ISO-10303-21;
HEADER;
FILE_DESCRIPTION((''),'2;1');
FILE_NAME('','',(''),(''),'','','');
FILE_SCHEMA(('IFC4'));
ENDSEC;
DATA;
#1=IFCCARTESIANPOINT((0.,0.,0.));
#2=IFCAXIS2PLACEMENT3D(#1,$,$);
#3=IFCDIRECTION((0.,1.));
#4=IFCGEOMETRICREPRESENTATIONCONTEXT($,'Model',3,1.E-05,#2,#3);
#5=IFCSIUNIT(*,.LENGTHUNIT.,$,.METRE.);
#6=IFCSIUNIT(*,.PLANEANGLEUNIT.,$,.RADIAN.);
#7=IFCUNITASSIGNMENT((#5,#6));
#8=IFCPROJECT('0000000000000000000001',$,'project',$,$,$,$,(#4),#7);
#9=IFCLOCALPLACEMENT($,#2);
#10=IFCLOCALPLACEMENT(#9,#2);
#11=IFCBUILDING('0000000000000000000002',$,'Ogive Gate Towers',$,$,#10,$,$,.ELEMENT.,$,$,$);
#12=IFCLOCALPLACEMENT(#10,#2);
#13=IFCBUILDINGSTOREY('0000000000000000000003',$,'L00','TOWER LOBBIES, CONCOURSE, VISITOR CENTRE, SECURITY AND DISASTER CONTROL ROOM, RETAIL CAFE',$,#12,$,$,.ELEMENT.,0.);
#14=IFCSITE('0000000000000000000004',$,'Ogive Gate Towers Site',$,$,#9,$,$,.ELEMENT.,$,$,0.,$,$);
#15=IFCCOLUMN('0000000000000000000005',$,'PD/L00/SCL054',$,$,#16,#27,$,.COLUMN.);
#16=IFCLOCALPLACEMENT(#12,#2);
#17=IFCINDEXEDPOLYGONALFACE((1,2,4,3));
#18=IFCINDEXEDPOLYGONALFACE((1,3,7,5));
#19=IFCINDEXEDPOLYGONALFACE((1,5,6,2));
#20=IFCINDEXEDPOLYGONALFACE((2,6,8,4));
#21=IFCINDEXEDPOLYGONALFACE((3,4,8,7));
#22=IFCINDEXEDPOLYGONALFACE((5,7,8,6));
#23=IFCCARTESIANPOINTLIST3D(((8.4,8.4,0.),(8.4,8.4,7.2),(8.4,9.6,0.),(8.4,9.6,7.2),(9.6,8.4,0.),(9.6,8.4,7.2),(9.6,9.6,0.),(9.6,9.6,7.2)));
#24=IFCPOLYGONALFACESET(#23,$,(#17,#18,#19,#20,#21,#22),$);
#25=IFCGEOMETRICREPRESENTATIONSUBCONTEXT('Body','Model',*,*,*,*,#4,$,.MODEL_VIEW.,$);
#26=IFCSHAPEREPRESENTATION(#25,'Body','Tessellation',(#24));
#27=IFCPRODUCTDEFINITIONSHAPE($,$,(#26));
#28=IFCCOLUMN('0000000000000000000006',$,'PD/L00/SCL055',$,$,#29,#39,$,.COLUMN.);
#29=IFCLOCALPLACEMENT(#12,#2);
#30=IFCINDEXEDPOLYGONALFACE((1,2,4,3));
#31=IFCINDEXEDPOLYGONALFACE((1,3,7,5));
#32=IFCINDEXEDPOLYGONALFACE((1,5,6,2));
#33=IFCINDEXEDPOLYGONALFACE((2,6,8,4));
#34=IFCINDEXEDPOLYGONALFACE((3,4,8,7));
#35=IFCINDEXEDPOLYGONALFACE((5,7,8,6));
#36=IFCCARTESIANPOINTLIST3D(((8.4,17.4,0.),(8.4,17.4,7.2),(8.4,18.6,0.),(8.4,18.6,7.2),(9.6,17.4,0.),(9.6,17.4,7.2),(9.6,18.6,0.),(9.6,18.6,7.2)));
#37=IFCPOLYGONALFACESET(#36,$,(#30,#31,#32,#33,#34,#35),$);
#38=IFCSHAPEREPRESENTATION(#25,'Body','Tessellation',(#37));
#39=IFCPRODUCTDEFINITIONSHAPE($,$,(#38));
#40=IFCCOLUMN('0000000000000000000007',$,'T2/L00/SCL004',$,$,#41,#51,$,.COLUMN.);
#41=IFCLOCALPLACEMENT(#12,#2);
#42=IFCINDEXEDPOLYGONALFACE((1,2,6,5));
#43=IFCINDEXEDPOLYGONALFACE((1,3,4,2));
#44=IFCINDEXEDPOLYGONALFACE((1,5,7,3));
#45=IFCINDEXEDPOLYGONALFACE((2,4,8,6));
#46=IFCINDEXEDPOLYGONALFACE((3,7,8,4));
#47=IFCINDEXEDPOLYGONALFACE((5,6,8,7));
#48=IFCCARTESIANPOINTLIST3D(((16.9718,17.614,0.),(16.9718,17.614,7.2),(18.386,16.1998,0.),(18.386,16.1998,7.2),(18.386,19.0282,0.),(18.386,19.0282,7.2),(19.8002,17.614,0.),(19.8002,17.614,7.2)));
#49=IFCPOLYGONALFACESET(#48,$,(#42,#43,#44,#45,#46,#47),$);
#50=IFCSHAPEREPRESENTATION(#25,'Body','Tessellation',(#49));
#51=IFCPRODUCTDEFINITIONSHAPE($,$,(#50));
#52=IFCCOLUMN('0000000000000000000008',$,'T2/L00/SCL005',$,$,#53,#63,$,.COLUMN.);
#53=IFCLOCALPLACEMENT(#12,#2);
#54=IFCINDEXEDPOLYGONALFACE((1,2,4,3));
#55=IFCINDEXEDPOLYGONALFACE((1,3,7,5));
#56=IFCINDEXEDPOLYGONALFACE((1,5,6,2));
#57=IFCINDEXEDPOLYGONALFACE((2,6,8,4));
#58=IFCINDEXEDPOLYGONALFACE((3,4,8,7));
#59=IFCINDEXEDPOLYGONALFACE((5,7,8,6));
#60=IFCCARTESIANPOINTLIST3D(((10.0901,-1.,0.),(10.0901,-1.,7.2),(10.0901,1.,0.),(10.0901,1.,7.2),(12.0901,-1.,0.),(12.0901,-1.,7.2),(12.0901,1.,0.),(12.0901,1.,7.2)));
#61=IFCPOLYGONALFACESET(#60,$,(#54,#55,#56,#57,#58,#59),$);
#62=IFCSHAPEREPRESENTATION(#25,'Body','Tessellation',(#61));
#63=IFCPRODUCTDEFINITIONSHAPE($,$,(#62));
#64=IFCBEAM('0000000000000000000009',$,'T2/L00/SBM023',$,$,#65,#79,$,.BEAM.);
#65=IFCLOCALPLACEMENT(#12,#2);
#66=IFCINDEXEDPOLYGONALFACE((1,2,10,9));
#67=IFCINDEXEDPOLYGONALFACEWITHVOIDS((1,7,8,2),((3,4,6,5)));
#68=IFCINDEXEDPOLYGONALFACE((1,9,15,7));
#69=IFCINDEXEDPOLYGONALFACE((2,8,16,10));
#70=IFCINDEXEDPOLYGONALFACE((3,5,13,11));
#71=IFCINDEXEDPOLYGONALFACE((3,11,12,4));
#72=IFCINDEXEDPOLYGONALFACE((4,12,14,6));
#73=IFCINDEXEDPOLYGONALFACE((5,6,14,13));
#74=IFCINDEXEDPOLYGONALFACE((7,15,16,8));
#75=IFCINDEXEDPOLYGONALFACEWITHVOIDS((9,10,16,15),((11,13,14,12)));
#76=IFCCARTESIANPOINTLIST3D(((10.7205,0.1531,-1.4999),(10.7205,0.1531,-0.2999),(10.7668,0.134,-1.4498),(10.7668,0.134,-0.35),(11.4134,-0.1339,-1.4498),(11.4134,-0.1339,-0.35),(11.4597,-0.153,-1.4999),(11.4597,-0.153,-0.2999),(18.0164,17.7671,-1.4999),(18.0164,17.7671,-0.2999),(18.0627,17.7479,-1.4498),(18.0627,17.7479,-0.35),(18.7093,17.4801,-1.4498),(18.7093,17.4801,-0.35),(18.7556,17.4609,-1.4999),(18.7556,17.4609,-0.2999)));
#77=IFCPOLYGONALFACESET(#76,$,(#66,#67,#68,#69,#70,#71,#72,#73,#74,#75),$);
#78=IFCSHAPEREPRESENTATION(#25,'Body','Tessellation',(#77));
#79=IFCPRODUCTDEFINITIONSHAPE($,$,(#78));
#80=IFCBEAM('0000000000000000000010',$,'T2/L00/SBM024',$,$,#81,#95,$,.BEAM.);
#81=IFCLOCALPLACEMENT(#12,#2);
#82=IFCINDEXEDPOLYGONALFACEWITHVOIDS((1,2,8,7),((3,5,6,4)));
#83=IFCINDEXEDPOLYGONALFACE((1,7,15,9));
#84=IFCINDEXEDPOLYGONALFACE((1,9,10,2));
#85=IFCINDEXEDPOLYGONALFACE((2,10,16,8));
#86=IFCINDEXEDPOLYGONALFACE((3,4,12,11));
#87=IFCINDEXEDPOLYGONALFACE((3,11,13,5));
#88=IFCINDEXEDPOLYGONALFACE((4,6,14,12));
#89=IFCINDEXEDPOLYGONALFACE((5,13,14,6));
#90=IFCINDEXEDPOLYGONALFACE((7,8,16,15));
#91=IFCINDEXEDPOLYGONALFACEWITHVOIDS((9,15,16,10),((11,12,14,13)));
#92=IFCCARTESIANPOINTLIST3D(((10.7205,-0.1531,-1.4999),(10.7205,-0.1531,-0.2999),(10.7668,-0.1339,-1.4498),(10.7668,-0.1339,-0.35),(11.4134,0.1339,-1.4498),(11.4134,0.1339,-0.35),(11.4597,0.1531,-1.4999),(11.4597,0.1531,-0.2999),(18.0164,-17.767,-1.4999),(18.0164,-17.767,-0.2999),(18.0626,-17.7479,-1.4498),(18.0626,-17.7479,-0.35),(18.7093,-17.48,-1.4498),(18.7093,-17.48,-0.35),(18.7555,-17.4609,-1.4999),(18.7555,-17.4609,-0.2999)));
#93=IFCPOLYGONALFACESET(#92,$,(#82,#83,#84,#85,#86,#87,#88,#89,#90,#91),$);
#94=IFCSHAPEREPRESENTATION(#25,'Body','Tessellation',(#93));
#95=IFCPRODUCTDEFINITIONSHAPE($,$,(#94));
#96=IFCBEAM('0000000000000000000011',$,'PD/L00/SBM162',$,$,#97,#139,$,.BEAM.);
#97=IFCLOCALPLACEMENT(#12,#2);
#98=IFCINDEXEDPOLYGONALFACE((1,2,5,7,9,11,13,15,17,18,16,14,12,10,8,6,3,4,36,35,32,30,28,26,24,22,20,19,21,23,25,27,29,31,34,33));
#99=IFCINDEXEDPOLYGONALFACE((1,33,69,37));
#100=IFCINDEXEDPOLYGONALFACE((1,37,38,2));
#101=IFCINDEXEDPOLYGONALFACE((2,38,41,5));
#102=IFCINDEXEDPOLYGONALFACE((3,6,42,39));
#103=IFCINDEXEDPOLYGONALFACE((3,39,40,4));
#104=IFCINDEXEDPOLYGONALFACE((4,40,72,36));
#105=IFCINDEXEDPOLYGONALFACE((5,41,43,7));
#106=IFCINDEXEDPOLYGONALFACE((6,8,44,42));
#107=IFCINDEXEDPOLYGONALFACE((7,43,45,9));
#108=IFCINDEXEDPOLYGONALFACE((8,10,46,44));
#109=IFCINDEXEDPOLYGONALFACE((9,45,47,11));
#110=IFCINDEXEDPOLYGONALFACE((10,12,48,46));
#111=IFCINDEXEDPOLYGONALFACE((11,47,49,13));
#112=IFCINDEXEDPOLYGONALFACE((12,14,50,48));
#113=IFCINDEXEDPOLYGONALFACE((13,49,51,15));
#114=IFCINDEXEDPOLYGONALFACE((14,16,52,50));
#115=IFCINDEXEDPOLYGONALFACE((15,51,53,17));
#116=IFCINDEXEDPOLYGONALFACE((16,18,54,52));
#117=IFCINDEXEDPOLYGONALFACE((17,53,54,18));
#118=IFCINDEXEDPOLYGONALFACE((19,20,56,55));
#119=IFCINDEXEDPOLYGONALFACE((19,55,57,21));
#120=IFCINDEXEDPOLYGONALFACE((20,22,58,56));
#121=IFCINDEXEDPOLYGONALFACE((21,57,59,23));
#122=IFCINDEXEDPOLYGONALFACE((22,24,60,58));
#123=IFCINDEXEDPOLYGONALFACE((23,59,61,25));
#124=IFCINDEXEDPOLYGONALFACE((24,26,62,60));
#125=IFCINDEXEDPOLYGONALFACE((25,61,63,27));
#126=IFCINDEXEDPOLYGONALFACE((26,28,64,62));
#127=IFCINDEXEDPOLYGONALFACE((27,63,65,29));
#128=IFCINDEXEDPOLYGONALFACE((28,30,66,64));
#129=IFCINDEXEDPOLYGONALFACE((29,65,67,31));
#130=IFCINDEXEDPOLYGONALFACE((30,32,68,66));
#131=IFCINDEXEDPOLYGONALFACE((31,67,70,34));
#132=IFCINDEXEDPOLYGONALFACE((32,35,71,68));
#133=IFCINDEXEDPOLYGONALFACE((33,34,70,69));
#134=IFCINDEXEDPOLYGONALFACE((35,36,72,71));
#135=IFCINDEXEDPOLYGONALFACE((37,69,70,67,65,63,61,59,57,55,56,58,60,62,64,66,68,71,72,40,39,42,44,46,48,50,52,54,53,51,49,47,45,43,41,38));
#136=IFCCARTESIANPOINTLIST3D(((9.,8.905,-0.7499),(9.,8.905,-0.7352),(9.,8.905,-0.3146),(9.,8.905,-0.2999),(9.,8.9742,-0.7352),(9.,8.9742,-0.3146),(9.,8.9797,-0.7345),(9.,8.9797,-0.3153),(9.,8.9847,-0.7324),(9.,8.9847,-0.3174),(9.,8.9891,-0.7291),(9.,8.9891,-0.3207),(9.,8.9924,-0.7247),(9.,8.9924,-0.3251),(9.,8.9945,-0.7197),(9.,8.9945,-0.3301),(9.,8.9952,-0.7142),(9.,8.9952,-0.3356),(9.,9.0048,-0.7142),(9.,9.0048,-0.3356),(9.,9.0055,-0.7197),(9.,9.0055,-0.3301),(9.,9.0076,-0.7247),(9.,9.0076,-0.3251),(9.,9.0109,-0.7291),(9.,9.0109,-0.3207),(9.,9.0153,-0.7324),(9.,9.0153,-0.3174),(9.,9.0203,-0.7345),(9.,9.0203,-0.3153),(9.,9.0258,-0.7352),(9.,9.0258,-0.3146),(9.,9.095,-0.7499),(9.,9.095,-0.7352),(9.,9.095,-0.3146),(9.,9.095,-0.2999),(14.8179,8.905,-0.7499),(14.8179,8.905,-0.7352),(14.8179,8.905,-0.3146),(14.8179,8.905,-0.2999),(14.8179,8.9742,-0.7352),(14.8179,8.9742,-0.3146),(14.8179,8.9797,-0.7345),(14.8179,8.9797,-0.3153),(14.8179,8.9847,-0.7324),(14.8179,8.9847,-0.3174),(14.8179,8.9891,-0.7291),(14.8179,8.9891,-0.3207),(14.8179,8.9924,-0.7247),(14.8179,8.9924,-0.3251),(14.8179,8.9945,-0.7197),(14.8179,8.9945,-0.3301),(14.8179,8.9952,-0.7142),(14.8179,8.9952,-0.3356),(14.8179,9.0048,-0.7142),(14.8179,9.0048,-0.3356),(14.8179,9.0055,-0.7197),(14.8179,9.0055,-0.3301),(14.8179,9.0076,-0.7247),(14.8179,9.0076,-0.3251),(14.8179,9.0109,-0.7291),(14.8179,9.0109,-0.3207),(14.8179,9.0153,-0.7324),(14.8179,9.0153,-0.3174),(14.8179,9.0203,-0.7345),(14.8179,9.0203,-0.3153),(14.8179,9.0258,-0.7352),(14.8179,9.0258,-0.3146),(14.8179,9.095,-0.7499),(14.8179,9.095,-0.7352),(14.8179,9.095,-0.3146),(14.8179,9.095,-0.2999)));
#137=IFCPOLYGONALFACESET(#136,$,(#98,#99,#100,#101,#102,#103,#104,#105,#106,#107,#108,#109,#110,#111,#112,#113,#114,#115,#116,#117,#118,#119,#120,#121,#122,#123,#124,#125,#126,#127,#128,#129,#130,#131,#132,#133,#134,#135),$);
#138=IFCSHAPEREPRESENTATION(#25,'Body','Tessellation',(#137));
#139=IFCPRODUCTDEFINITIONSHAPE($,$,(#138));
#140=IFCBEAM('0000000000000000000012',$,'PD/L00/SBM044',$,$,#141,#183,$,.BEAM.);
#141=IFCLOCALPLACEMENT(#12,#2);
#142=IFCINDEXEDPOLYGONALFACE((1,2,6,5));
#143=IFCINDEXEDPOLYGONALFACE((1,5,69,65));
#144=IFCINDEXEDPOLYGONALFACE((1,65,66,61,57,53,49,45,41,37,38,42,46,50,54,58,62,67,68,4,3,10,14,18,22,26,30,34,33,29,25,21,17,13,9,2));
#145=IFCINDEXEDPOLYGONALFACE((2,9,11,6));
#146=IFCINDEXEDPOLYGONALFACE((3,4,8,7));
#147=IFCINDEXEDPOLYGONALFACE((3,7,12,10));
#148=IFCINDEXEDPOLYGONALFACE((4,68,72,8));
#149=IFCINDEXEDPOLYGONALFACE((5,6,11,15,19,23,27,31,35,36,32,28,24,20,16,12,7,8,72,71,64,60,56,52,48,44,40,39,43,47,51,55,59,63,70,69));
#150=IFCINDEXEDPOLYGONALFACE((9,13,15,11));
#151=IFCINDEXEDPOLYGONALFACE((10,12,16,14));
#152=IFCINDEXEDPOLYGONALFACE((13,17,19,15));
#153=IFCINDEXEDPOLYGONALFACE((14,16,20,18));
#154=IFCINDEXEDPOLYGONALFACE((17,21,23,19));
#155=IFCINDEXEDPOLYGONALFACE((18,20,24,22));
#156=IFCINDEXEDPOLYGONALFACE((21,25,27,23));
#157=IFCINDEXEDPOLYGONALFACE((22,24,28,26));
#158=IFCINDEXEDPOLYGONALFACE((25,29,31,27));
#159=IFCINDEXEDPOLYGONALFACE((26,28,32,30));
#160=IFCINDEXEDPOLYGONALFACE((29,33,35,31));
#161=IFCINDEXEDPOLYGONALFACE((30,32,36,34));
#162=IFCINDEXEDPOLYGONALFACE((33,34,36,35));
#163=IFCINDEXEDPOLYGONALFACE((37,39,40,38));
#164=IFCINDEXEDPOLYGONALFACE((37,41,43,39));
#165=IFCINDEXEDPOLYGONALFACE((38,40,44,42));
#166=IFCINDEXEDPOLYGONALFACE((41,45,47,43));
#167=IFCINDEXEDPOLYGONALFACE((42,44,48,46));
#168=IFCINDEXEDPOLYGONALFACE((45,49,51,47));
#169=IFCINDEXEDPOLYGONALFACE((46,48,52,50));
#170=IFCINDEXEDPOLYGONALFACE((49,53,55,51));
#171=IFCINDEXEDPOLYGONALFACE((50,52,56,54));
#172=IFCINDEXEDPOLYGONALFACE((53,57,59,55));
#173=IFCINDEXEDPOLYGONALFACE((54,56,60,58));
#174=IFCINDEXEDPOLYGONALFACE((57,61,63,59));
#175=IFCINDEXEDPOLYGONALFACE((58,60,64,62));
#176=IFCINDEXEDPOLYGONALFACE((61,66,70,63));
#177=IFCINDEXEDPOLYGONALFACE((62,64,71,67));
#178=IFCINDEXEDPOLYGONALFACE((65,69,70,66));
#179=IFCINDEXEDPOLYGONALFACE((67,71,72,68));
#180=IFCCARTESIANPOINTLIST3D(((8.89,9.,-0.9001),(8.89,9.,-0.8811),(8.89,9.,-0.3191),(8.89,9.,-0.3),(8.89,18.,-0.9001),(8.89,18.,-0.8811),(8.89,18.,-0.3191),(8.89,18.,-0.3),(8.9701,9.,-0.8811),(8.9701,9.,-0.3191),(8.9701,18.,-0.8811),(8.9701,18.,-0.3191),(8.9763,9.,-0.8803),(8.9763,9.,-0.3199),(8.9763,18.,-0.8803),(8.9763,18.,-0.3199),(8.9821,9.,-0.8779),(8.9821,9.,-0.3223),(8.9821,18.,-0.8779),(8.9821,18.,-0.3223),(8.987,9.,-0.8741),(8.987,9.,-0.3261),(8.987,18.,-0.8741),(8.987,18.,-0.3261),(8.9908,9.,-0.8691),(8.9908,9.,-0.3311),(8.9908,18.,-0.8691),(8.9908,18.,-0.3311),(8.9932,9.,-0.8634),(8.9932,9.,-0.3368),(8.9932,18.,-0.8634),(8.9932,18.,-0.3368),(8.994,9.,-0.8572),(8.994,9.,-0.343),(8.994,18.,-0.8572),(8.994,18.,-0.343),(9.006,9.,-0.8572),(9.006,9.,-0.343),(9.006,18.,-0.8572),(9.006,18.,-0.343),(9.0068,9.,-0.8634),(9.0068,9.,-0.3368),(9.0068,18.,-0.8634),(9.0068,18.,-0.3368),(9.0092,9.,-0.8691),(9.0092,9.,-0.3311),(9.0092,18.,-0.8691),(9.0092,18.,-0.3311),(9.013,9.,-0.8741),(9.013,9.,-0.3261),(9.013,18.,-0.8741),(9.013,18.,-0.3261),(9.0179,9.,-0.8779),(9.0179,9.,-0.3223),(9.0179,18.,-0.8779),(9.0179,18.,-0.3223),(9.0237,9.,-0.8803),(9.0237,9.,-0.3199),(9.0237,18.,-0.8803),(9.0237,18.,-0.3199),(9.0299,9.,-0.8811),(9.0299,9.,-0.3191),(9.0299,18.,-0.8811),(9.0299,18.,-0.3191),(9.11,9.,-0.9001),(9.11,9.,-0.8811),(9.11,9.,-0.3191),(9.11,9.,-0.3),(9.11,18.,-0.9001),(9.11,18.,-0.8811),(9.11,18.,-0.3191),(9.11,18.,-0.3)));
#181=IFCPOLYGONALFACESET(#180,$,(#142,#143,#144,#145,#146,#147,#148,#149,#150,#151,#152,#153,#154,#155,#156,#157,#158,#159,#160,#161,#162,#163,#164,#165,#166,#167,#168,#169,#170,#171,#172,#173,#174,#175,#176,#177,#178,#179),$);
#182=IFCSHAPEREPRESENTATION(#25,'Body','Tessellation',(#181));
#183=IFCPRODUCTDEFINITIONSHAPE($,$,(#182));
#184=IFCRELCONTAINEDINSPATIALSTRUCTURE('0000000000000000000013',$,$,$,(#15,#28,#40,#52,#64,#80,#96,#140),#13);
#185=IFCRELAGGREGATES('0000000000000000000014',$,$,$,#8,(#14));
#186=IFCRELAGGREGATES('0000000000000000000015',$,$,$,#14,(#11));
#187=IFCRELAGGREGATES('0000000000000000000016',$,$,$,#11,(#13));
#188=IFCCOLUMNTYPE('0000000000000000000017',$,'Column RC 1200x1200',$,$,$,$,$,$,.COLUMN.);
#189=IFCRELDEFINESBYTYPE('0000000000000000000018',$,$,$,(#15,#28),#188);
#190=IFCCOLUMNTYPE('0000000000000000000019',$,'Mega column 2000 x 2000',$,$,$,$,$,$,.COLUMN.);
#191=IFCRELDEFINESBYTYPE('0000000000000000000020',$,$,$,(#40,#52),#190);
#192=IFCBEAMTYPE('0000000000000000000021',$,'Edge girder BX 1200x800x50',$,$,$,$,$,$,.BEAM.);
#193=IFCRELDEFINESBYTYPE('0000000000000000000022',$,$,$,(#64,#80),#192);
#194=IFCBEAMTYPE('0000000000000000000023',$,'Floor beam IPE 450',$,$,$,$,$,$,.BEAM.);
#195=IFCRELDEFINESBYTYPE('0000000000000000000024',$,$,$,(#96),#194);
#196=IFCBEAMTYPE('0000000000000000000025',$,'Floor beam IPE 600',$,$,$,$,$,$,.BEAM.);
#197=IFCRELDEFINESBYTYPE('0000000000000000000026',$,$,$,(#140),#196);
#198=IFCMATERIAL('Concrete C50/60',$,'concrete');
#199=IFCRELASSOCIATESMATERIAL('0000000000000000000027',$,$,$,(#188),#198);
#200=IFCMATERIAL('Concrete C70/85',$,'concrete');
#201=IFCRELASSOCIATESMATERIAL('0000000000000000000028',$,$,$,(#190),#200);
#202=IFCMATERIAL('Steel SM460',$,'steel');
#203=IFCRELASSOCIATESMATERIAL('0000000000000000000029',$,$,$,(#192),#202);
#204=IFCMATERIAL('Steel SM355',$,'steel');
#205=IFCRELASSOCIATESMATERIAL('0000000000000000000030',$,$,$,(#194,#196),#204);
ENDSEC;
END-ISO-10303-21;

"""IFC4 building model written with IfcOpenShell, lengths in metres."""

from ifc_helpers import new_model, si_unit, direction, frame, origin, origin_2d, place, context, subcontext, project, spatial, rectangle, hollow_rectangle, i_section, extrude, material, material_profile, profile_set, type_object, element, save


model = new_model("IFC4")

# Units and contexts
model_context = context("Model", 3, precision=1e-05, world=origin(), true_north=direction((0.0, 1.0)))
body_context = subcontext(model_context, "Body", "Model", "MODEL_VIEW")
ifc_project = project(units=[si_unit("LENGTHUNIT", "METRE"), si_unit("PLANEANGLEUNIT", "RADIAN")], contexts=[model_context])

# Site, building, storey
site_placement = place(None, origin())
site = spatial("IfcSite", under=ifc_project, at=site_placement, Name="Ogive Gate Towers Site", CompositionType="ELEMENT", RefElevation=0.0)
building_placement = place(site_placement, origin())
building = spatial("IfcBuilding", under=site, at=building_placement, Name="Ogive Gate Towers", CompositionType="ELEMENT")
storey_placement = place(building_placement, origin())
storey = spatial("IfcBuildingStorey", under=building, at=storey_placement, Name="L00", Description="TOWER LOBBIES, CONCOURSE, VISITOR CENTRE, SECURITY AND DISASTER CONTROL ROOM, RETAIL CAFE", CompositionType="ELEMENT", Elevation=0.0)

# Columns
ifc_material_1 = material(Name="Concrete C50/60", Category="concrete")
ifc_material_profile_1 = material_profile(ifc_material_1, rectangle(XDim=1.2, YDim=1.2, at=origin_2d()), Name="RC 1200x1200")
ifc_profile_set_1 = profile_set([ifc_material_profile_1], Name="Concrete C50/60")
column_type_1 = type_object("IfcColumnType", Name="Column RC 1200x1200", PredefinedType="COLUMN", material=ifc_profile_set_1)
for number, where, z_axis, x_axis, name in (
    (1, (9.0, 9.0, 0.0), (0.0, 0.0, 1.0), (1.0, 0.0, 0.0), "PD/L00/SCL054"),
    (2, (9.0, 18.0, 0.0), (0.0, 0.0, 1.0), (1.0, 0.0, 0.0), "PD/L00/SCL055"),
):
    element("IfcColumn", number, at=place(storey_placement, frame(where, z_axis=z_axis, x_axis=x_axis)), inside=storey, type_object=column_type_1, Name=name, PredefinedType="COLUMN", context=body_context, shape_type="SweptSolid", body=[
        extrude(rectangle(XDim=1.2, YDim=1.2, at=origin_2d()), origin(), (0.0, 0.0, 1.0), 7.2),
    ])
ifc_material_2 = material(Name="Concrete C70/85", Category="concrete")
ifc_material_profile_2 = material_profile(ifc_material_2, rectangle(XDim=2.0, YDim=2.0, at=origin_2d()), Name="RC 2000x2000")
ifc_profile_set_2 = profile_set([ifc_material_profile_2], Name="Concrete C70/85")
column_type_2 = type_object("IfcColumnType", Name="Mega column 2000 x 2000", PredefinedType="COLUMN", material=ifc_profile_set_2)
for number, where, z_axis, x_axis, name in (
    (3, (18.386, 17.614, 0.0), (0.0, 0.0, 1.0), (-0.707107, 0.707107, 0.0), "T2/L00/SCL004"),
    (4, (11.0901, 0.0, 0.0), (0.0, 0.0, 1.0), (-1.0, 0.0, 0.0), "T2/L00/SCL005"),
):
    element("IfcColumn", number, at=place(storey_placement, frame(where, z_axis=z_axis, x_axis=x_axis)), inside=storey, type_object=column_type_2, Name=name, PredefinedType="COLUMN", context=body_context, shape_type="SweptSolid", body=[
        extrude(rectangle(XDim=2.0, YDim=2.0, at=origin_2d()), origin(), (0.0, 0.0, 1.0), 7.2),
    ])

# Beams
ifc_material_3 = material(Name="Steel SM460", Category="steel")
ifc_material_profile_3 = material_profile(ifc_material_3, hollow_rectangle(XDim=0.8, YDim=1.2, WallThickness=0.05, at=origin_2d()), Name="BX 1200x800x50")
ifc_profile_set_3 = profile_set([ifc_material_profile_3], Name="Steel SM460")
beam_type_1 = type_object("IfcBeamType", Name="Edge girder BX 1200x800x50", PredefinedType="BEAM", material=ifc_profile_set_3)
for number, where, z_axis, x_axis, name in (
    (5, (18.386, 17.614, -0.8999), (-0.382681, -0.923881, 0.0), (0.923881, -0.382681, 0.0), "T2/L00/SBM023"),
    (6, (11.0901, 0.0, -0.8999), (0.382681, -0.923881, 0.0), (0.923881, 0.382681, 0.0), "T2/L00/SBM024"),
):
    element("IfcBeam", number, at=place(storey_placement, frame(where, z_axis=z_axis, x_axis=x_axis)), inside=storey, type_object=beam_type_1, Name=name, PredefinedType="BEAM", context=body_context, shape_type="SweptSolid", body=[
        extrude(hollow_rectangle(XDim=0.8, YDim=1.2, WallThickness=0.05, at=origin_2d()), origin(), (0.0, 0.0, 1.0), 19.0652),
    ])
ifc_material_4 = material(Name="Steel SM355", Category="steel")
ifc_material_profile_4 = material_profile(ifc_material_4, i_section(OverallWidth=0.1899, OverallDepth=0.45, WebThickness=0.0095, FlangeThickness=0.0146, FilletRadius=0.021, at=origin_2d()), Name="IPE 450")
ifc_profile_set_4 = profile_set([ifc_material_profile_4], Name="Steel SM355")
beam_type_2 = type_object("IfcBeamType", Name="Floor beam IPE 450", PredefinedType="BEAM", material=ifc_profile_set_4)
beam_1_placement = place(storey_placement, frame((9.0, 9.0, -0.5249), z_axis=(1.0, 0.0, 0.0), x_axis=(0.0, 1.0, 0.0)))
element("IfcBeam", 7, at=beam_1_placement, inside=storey, type_object=beam_type_2, Name="PD/L00/SBM162", PredefinedType="BEAM", context=body_context, shape_type="SweptSolid", body=[
    extrude(i_section(OverallWidth=0.1899, OverallDepth=0.45, WebThickness=0.0095, FlangeThickness=0.0146, FilletRadius=0.021, at=origin_2d()), origin(), (0.0, 0.0, 1.0), 5.8179),
])
ifc_material_profile_5 = material_profile(ifc_material_4, i_section(OverallWidth=0.22, OverallDepth=0.6001, WebThickness=0.012, FlangeThickness=0.019, FilletRadius=0.0239, at=origin_2d()), Name="IPE 600")
ifc_profile_set_5 = profile_set([ifc_material_profile_5], Name="Steel SM355")
beam_type_3 = type_object("IfcBeamType", Name="Floor beam IPE 600", PredefinedType="BEAM", material=ifc_profile_set_5)
beam_2_placement = place(storey_placement, frame((9.0, 9.0, -0.6001), z_axis=(0.0, 1.0, 0.0), x_axis=(-1.0, 0.0, 0.0)))
element("IfcBeam", 8, at=beam_2_placement, inside=storey, type_object=beam_type_3, Name="PD/L00/SBM044", PredefinedType="BEAM", context=body_context, shape_type="SweptSolid", body=[
    extrude(i_section(OverallWidth=0.22, OverallDepth=0.6001, WebThickness=0.012, FlangeThickness=0.019, FilletRadius=0.0239, at=origin_2d()), origin(), (0.0, 0.0, 1.0), 9.0),
])

save(model, "model.ifc")
